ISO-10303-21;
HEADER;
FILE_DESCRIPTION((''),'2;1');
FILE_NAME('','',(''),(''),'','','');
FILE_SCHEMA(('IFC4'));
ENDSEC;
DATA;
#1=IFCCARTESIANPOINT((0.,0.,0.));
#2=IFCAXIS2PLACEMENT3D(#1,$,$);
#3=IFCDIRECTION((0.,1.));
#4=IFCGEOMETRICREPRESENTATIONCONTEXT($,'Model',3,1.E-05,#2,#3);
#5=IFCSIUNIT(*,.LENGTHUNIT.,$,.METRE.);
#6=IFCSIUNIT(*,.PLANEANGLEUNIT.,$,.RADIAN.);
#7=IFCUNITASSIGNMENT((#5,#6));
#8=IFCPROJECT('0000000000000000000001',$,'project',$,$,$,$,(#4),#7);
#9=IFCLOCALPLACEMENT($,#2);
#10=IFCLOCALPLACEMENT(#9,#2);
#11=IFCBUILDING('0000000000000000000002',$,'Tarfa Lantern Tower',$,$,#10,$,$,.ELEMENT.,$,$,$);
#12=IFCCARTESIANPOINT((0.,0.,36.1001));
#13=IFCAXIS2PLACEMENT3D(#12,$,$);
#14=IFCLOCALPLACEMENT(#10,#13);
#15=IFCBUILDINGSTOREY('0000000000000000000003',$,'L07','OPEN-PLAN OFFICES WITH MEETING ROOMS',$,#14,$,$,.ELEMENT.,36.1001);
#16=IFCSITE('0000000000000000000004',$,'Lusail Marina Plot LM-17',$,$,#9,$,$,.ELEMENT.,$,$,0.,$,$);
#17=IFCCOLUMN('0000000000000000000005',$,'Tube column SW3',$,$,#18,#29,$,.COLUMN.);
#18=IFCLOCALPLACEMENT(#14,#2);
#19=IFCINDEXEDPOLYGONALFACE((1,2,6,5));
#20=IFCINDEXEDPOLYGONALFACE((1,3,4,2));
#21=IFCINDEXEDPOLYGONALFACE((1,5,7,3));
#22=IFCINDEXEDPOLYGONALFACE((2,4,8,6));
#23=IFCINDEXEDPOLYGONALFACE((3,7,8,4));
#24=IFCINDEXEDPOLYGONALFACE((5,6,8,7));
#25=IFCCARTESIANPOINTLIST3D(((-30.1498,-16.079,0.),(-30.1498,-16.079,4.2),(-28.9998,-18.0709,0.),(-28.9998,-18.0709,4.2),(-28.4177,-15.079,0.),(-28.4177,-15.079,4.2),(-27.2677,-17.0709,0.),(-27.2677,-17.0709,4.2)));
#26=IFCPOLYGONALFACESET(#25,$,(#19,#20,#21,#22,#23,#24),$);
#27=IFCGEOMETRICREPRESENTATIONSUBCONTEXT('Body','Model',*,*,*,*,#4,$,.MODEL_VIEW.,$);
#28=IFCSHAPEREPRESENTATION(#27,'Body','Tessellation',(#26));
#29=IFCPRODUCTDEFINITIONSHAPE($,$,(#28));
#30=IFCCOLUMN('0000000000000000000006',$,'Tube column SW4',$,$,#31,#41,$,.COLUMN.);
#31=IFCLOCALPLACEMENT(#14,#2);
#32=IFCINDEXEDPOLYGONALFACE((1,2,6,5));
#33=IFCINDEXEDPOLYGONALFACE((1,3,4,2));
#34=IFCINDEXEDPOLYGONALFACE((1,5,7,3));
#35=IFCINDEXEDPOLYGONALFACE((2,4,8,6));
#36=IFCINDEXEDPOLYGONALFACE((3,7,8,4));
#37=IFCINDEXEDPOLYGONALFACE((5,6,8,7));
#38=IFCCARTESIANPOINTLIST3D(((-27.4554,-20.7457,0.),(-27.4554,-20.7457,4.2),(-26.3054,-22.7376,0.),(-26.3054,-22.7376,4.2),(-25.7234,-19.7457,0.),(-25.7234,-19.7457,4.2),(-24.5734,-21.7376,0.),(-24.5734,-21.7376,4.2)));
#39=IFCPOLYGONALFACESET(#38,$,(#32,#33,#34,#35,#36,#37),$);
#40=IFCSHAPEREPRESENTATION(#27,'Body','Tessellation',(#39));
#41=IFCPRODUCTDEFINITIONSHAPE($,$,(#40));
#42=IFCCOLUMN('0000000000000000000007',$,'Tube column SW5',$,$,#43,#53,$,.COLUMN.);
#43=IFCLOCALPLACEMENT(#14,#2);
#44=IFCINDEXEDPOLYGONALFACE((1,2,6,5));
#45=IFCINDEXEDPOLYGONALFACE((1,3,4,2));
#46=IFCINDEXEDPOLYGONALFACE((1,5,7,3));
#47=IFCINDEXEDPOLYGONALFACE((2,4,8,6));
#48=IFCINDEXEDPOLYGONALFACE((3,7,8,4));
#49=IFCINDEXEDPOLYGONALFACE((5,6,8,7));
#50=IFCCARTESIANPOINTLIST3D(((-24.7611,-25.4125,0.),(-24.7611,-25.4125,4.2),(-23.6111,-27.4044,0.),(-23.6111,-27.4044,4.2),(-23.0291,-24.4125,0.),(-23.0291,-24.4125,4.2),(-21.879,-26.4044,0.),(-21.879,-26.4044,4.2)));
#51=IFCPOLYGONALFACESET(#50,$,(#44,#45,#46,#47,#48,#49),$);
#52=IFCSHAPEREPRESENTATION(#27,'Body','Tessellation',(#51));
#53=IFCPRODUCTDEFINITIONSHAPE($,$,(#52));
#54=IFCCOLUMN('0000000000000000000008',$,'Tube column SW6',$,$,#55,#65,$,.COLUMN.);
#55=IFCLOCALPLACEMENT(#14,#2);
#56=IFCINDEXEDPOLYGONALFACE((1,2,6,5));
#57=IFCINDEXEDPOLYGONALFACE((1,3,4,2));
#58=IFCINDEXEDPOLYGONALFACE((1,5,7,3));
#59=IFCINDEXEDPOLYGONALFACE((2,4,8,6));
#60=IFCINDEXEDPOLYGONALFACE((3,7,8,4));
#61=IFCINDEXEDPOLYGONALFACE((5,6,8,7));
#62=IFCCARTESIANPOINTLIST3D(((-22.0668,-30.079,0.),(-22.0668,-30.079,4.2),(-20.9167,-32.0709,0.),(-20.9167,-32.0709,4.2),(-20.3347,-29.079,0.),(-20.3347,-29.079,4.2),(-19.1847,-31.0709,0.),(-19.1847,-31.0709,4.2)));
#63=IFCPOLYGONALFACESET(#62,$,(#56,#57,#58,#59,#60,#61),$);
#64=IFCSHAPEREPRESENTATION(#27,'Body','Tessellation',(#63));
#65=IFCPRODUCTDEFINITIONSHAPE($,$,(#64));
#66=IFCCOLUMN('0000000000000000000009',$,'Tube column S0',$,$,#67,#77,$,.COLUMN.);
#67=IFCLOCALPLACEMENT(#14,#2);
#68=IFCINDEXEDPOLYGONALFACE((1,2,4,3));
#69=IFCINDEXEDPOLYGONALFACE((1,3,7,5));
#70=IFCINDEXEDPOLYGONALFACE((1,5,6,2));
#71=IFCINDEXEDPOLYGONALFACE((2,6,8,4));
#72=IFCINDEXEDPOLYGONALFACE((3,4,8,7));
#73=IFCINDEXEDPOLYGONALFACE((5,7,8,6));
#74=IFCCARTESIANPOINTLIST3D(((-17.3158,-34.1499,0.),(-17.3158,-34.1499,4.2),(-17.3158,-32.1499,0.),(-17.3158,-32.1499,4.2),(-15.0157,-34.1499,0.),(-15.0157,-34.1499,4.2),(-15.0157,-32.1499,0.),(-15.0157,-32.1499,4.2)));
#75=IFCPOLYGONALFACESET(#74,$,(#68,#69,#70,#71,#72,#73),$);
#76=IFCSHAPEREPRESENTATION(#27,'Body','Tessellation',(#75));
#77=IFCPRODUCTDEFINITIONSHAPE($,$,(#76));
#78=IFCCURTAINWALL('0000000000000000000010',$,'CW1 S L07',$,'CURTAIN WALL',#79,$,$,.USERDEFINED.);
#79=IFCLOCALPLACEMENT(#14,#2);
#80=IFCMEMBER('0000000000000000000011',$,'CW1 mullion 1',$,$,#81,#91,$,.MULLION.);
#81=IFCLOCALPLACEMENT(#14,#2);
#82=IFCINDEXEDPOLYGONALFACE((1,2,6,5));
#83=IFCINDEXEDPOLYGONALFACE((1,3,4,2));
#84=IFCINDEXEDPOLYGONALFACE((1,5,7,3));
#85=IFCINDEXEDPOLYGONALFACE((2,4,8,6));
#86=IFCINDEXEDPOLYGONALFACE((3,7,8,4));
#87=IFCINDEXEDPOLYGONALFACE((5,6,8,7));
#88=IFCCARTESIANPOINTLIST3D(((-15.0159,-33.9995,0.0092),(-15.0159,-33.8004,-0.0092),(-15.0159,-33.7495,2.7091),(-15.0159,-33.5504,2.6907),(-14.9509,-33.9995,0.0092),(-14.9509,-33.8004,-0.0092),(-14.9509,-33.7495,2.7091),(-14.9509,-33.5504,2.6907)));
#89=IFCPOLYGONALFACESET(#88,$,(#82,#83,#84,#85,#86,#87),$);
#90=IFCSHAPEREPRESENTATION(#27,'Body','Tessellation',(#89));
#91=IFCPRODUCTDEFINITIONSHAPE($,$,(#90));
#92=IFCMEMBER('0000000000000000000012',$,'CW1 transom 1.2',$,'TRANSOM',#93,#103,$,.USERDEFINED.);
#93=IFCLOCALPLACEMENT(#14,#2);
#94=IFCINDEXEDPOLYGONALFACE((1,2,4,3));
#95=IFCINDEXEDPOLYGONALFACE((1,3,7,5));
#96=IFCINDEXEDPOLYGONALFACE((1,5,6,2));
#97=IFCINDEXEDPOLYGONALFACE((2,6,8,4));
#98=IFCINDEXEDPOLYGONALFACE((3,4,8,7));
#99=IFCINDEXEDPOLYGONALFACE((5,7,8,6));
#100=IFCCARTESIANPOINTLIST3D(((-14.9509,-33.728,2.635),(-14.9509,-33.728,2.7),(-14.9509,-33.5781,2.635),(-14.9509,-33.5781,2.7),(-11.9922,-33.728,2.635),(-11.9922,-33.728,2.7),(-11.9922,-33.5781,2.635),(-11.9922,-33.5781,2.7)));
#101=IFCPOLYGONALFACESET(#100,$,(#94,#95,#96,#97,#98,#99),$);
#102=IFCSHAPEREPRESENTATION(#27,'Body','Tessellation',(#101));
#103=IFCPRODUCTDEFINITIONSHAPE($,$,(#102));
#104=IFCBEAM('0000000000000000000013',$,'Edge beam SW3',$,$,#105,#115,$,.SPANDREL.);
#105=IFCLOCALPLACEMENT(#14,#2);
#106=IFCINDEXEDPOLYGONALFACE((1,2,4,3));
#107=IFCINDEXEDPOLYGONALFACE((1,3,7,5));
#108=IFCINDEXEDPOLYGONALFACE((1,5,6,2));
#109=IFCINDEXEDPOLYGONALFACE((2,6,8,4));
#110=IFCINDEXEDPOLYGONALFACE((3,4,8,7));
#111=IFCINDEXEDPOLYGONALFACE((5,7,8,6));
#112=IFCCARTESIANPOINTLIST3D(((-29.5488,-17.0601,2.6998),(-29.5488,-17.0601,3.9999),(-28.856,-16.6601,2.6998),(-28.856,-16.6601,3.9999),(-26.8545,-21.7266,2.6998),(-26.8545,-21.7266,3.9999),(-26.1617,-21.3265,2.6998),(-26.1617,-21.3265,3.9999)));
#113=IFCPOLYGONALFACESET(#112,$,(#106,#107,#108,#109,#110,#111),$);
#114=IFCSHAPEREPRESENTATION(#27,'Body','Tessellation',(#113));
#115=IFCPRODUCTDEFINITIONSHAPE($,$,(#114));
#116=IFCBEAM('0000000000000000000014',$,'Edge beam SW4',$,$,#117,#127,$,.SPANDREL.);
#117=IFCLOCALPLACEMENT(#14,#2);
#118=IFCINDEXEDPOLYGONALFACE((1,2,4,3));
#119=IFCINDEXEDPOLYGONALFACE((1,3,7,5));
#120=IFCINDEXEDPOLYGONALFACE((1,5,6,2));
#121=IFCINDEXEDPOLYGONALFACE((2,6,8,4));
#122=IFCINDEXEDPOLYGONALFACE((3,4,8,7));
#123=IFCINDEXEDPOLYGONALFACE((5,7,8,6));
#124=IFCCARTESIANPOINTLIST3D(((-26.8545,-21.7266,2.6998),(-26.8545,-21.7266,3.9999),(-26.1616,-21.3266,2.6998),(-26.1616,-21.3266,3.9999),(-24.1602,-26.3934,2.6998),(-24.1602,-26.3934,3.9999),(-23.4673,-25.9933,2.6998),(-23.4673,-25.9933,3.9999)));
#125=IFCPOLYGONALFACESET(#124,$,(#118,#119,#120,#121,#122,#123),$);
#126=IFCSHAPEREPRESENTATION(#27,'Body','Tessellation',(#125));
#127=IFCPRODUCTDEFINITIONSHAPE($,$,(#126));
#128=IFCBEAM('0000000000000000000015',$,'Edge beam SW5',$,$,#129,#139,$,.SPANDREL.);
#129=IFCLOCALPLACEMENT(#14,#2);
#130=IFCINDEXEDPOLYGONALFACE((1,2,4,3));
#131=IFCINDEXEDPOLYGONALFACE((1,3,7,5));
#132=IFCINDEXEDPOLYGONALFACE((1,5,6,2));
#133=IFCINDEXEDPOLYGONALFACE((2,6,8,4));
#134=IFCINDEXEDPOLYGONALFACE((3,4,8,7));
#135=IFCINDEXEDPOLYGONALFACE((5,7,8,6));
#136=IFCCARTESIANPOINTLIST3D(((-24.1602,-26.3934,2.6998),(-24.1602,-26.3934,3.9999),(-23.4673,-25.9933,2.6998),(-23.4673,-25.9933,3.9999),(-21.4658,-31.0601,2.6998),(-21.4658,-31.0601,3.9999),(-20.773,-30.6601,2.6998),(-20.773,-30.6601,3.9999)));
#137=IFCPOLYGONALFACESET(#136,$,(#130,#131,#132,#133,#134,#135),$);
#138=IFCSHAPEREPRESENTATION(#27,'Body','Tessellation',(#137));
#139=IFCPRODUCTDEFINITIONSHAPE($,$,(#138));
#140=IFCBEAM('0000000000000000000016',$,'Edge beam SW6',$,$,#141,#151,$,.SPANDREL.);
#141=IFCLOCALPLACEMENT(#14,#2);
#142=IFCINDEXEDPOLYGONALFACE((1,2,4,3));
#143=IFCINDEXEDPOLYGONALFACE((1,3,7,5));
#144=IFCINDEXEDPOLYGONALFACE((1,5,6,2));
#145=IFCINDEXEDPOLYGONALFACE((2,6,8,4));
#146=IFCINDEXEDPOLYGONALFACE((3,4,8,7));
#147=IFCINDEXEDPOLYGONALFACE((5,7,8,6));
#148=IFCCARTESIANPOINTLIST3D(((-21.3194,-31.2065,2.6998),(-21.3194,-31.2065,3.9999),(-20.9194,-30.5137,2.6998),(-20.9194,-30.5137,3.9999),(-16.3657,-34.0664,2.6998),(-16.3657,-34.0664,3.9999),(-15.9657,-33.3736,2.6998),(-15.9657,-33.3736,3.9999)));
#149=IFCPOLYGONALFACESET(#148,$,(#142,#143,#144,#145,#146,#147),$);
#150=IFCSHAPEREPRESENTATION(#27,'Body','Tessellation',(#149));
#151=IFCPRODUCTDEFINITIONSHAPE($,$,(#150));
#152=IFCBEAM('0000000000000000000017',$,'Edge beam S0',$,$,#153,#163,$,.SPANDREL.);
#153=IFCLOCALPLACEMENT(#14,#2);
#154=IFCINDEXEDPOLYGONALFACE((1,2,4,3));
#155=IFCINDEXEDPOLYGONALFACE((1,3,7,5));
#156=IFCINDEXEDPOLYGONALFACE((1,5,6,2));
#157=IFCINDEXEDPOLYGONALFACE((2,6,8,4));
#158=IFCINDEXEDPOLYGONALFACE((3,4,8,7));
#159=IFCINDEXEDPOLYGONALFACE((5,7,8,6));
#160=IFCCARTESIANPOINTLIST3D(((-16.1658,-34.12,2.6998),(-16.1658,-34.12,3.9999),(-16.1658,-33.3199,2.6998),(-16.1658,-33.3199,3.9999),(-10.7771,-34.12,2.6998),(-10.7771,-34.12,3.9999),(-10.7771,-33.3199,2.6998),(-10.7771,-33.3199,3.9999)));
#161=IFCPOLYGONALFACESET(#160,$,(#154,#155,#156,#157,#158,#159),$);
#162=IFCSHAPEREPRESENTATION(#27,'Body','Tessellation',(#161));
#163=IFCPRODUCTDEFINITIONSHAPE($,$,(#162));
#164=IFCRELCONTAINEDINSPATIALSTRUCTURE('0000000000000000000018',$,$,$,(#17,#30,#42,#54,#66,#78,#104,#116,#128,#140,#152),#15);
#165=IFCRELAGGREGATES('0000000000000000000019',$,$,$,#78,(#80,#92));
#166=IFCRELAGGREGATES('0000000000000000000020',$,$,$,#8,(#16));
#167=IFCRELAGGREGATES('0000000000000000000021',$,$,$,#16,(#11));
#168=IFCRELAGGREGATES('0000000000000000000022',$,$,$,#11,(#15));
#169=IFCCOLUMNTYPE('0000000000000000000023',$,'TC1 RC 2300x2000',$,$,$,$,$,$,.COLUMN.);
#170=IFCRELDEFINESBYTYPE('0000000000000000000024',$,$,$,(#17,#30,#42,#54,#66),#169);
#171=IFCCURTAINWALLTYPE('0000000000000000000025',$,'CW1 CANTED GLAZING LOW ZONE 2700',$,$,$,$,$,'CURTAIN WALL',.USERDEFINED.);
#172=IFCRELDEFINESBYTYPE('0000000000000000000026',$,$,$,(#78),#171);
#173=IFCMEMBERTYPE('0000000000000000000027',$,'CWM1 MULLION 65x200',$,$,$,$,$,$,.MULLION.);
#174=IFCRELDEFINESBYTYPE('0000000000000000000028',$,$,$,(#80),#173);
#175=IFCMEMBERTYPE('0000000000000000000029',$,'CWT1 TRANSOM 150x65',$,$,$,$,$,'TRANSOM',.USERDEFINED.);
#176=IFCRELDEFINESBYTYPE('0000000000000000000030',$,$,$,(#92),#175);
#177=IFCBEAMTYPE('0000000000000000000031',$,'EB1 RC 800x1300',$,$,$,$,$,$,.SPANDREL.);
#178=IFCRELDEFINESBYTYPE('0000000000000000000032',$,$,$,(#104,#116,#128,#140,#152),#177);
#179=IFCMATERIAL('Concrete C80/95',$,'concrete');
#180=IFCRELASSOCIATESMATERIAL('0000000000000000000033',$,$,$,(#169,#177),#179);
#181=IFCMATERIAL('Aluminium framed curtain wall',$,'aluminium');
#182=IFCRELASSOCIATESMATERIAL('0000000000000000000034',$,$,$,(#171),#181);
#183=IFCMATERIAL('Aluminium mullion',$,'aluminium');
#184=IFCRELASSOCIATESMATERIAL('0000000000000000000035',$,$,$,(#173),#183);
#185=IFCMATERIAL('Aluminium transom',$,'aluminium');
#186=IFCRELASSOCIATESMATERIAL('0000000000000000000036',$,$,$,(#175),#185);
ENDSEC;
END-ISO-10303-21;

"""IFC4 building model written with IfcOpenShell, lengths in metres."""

from ifc_helpers import new_model, si_unit, direction, frame, origin, origin_2d, place, context, subcontext, project, spatial, rectangle, extrude, material, material_profile, profile_set, type_object, element, aggregate, save


model = new_model("IFC4")

# Units and contexts
model_context = context("Model", 3, precision=1e-05, world=origin(), true_north=direction((0.0, 1.0)))
body_context = subcontext(model_context, "Body", "Model", "MODEL_VIEW")
ifc_project = project(units=[si_unit("LENGTHUNIT", "METRE"), si_unit("PLANEANGLEUNIT", "RADIAN")], contexts=[model_context])

# Site, building, storey
site_placement = place(None, origin())
site = spatial("IfcSite", under=ifc_project, at=site_placement, Name="Lusail Marina Plot LM-17", CompositionType="ELEMENT", RefElevation=0.0)
building_placement = place(site_placement, origin())
building = spatial("IfcBuilding", under=site, at=building_placement, Name="Tarfa Lantern Tower", CompositionType="ELEMENT")
storey_placement = place(building_placement, frame((0.0, 0.0, 36.1001)))
storey = spatial("IfcBuildingStorey", under=building, at=storey_placement, Name="L07", Description="OPEN-PLAN OFFICES WITH MEETING ROOMS", CompositionType="ELEMENT", Elevation=36.1001)

# Columns
ifc_material_1 = material(Name="Concrete C80/95", Category="concrete")
ifc_material_profile_1 = material_profile(ifc_material_1, rectangle(XDim=2.3, YDim=2.0, at=origin_2d()), Name="RC 2300x2000")
ifc_profile_set_1 = profile_set([ifc_material_profile_1], Name="Concrete C80/95")
column_type = type_object("IfcColumnType", Name="TC1 RC 2300x2000", PredefinedType="COLUMN", material=ifc_profile_set_1)
for number, where, z_axis, x_axis, name in (
    (1, (-28.7087, -16.575, 0.0), (0.0, 0.0, 1.0), (0.5, -0.866025, 0.0), "Tube column SW3"),
    (2, (-26.0144, -21.2417, 0.0), (0.0, 0.0, 1.0), (0.5, -0.866025, 0.0), "Tube column SW4"),
    (3, (-23.3201, -25.9084, 0.0), (0.0, 0.0, 1.0), (0.5, -0.866025, 0.0), "Tube column SW5"),
    (4, (-20.6257, -30.575, 0.0), (0.0, 0.0, 1.0), (0.5, -0.866025, 0.0), "Tube column SW6"),
    (5, (-16.1658, -33.1499, 0.0), (0.0, 0.0, 1.0), (1.0, 0.0, 0.0), "Tube column S0"),
):
    element("IfcColumn", number, at=place(storey_placement, frame(where, z_axis=z_axis, x_axis=x_axis)), inside=storey, type_object=column_type, Name=name, PredefinedType="COLUMN", context=body_context, shape_type="SweptSolid", body=[
        extrude(rectangle(XDim=2.3, YDim=2.0, at=origin_2d()), origin(), (0.0, 0.0, 1.0), 4.2),
    ])

# Curtain wall, members
ifc_material_2 = material(Name="Aluminium framed curtain wall", Category="aluminium")
curtain_wall_type = type_object("IfcCurtainWallType", Name="CW1 CANTED GLAZING LOW ZONE 2700", ElementType="CURTAIN WALL", PredefinedType="USERDEFINED", material=ifc_material_2)
curtain_wall_placement = place(storey_placement, origin())
curtain_wall = element("IfcCurtainWall", 6, at=curtain_wall_placement, inside=storey, type_object=curtain_wall_type, Name="CW1 S L07", ObjectType="CURTAIN WALL", PredefinedType="USERDEFINED")
ifc_material_3 = material(Name="Aluminium mullion", Category="aluminium")
ifc_material_profile_2 = material_profile(ifc_material_3, rectangle(XDim=0.0649, YDim=0.2, at=origin_2d()), Name="AL MULLION 65x200")
ifc_profile_set_2 = profile_set([ifc_material_profile_2], Name="Aluminium mullion")
member_type_1 = type_object("IfcMemberType", Name="CWM1 MULLION 65x200", PredefinedType="MULLION", material=ifc_profile_set_2)
member_1_placement = place(storey_placement, frame((-14.9834, -33.8999, 0.0), z_axis=(0.0, 0.0922, 0.995741), x_axis=(-1.0, 0.0, 0.0)))
member_1 = element("IfcMember", 7, at=member_1_placement, type_object=member_type_1, Name="CW1 mullion 1", PredefinedType="MULLION", context=body_context, shape_type="SweptSolid", body=[
    extrude(rectangle(XDim=0.0649, YDim=0.2, at=origin_2d()), origin(), (0.0, 0.0, 1.0), 2.7114),
])
ifc_material_4 = material(Name="Aluminium transom", Category="aluminium")
ifc_material_profile_3 = material_profile(ifc_material_4, rectangle(XDim=0.1499, YDim=0.0649, at=origin_2d()), Name="AL TRANSOM 150x65")
ifc_profile_set_3 = profile_set([ifc_material_profile_3], Name="Aluminium transom")
member_type_2 = type_object("IfcMemberType", Name="CWT1 TRANSOM 150x65", ElementType="TRANSOM", PredefinedType="USERDEFINED", material=ifc_profile_set_3)
member_2_placement = place(storey_placement, frame((-14.9509, -33.6531, 2.6675), z_axis=(1.0, 0.0, 0.0), x_axis=(0.0, 1.0, 0.0)))
member_2 = element("IfcMember", 8, at=member_2_placement, type_object=member_type_2, Name="CW1 transom 1.2", ObjectType="TRANSOM", PredefinedType="USERDEFINED", context=body_context, shape_type="SweptSolid", body=[
    extrude(rectangle(XDim=0.1499, YDim=0.0649, at=origin_2d()), origin(), (0.0, 0.0, 1.0), 2.9587),
])

# Beams
ifc_material_profile_4 = material_profile(ifc_material_1, rectangle(XDim=0.8, YDim=1.3, at=origin_2d()), Name="RC 800x1300")
ifc_profile_set_4 = profile_set([ifc_material_profile_4], Name="Concrete C80/95")
beam_type_1 = type_object("IfcBeamType", Name="EB1 RC 800x1300", PredefinedType="SPANDREL", material=ifc_profile_set_4)
beam_1_placement = place(storey_placement, frame((-29.2024, -16.8601, 3.3499), z_axis=(0.500018, -0.866015, 0.0), x_axis=(0.866015, 0.500018, 0.0)))
element("IfcBeam", 9, at=beam_1_placement, inside=storey, type_object=beam_type_1, Name="Edge beam SW3", PredefinedType="SPANDREL", context=body_context, shape_type="SweptSolid", body=[
    extrude(rectangle(XDim=0.8, YDim=1.3, at=origin_2d()), origin(), (0.0, 0.0, 1.0), 5.3884),
])
for number, where, z_axis, x_axis, name in (
    (10, (-26.5081, -21.5266, 3.3499), (0.499998, -0.866026, 0.0), (0.866026, 0.499998, 0.0), "Edge beam SW4"),
    (11, (-23.8137, -26.1934, 3.3499), (0.499998, -0.866026, 0.0), (0.866026, 0.499998, 0.0), "Edge beam SW5"),
):
    element("IfcBeam", number, at=place(storey_placement, frame(where, z_axis=z_axis, x_axis=x_axis)), inside=storey, type_object=beam_type_1, Name=name, PredefinedType="SPANDREL", context=body_context, shape_type="SweptSolid", body=[
        extrude(rectangle(XDim=0.8, YDim=1.3, at=origin_2d()), origin(), (0.0, 0.0, 1.0), 5.3887),
    ])
beam_2_placement = place(storey_placement, frame((-21.1194, -30.8601, 3.3499), z_axis=(0.866033, -0.499986, 0.0), x_axis=(0.499986, 0.866033, 0.0)))
element("IfcBeam", 12, at=beam_2_placement, inside=storey, type_object=beam_type_1, Name="Edge beam SW6", PredefinedType="SPANDREL", context=body_context, shape_type="SweptSolid", body=[
    extrude(rectangle(XDim=0.8, YDim=1.3, at=origin_2d()), origin(), (0.0, 0.0, 1.0), 5.72),
])
beam_3_placement = place(storey_placement, frame((-16.1658, -33.72, 3.3499), z_axis=(1.0, 0.0, 0.0), x_axis=(0.0, 1.0, 0.0)))
element("IfcBeam", 13, at=beam_3_placement, inside=storey, type_object=beam_type_1, Name="Edge beam S0", PredefinedType="SPANDREL", context=body_context, shape_type="SweptSolid", body=[
    extrude(rectangle(XDim=0.8, YDim=1.3, at=origin_2d()), origin(), (0.0, 0.0, 1.0), 5.3887),
])

aggregate(curtain_wall, [member_1, member_2])

save(model, "model.ifc")
